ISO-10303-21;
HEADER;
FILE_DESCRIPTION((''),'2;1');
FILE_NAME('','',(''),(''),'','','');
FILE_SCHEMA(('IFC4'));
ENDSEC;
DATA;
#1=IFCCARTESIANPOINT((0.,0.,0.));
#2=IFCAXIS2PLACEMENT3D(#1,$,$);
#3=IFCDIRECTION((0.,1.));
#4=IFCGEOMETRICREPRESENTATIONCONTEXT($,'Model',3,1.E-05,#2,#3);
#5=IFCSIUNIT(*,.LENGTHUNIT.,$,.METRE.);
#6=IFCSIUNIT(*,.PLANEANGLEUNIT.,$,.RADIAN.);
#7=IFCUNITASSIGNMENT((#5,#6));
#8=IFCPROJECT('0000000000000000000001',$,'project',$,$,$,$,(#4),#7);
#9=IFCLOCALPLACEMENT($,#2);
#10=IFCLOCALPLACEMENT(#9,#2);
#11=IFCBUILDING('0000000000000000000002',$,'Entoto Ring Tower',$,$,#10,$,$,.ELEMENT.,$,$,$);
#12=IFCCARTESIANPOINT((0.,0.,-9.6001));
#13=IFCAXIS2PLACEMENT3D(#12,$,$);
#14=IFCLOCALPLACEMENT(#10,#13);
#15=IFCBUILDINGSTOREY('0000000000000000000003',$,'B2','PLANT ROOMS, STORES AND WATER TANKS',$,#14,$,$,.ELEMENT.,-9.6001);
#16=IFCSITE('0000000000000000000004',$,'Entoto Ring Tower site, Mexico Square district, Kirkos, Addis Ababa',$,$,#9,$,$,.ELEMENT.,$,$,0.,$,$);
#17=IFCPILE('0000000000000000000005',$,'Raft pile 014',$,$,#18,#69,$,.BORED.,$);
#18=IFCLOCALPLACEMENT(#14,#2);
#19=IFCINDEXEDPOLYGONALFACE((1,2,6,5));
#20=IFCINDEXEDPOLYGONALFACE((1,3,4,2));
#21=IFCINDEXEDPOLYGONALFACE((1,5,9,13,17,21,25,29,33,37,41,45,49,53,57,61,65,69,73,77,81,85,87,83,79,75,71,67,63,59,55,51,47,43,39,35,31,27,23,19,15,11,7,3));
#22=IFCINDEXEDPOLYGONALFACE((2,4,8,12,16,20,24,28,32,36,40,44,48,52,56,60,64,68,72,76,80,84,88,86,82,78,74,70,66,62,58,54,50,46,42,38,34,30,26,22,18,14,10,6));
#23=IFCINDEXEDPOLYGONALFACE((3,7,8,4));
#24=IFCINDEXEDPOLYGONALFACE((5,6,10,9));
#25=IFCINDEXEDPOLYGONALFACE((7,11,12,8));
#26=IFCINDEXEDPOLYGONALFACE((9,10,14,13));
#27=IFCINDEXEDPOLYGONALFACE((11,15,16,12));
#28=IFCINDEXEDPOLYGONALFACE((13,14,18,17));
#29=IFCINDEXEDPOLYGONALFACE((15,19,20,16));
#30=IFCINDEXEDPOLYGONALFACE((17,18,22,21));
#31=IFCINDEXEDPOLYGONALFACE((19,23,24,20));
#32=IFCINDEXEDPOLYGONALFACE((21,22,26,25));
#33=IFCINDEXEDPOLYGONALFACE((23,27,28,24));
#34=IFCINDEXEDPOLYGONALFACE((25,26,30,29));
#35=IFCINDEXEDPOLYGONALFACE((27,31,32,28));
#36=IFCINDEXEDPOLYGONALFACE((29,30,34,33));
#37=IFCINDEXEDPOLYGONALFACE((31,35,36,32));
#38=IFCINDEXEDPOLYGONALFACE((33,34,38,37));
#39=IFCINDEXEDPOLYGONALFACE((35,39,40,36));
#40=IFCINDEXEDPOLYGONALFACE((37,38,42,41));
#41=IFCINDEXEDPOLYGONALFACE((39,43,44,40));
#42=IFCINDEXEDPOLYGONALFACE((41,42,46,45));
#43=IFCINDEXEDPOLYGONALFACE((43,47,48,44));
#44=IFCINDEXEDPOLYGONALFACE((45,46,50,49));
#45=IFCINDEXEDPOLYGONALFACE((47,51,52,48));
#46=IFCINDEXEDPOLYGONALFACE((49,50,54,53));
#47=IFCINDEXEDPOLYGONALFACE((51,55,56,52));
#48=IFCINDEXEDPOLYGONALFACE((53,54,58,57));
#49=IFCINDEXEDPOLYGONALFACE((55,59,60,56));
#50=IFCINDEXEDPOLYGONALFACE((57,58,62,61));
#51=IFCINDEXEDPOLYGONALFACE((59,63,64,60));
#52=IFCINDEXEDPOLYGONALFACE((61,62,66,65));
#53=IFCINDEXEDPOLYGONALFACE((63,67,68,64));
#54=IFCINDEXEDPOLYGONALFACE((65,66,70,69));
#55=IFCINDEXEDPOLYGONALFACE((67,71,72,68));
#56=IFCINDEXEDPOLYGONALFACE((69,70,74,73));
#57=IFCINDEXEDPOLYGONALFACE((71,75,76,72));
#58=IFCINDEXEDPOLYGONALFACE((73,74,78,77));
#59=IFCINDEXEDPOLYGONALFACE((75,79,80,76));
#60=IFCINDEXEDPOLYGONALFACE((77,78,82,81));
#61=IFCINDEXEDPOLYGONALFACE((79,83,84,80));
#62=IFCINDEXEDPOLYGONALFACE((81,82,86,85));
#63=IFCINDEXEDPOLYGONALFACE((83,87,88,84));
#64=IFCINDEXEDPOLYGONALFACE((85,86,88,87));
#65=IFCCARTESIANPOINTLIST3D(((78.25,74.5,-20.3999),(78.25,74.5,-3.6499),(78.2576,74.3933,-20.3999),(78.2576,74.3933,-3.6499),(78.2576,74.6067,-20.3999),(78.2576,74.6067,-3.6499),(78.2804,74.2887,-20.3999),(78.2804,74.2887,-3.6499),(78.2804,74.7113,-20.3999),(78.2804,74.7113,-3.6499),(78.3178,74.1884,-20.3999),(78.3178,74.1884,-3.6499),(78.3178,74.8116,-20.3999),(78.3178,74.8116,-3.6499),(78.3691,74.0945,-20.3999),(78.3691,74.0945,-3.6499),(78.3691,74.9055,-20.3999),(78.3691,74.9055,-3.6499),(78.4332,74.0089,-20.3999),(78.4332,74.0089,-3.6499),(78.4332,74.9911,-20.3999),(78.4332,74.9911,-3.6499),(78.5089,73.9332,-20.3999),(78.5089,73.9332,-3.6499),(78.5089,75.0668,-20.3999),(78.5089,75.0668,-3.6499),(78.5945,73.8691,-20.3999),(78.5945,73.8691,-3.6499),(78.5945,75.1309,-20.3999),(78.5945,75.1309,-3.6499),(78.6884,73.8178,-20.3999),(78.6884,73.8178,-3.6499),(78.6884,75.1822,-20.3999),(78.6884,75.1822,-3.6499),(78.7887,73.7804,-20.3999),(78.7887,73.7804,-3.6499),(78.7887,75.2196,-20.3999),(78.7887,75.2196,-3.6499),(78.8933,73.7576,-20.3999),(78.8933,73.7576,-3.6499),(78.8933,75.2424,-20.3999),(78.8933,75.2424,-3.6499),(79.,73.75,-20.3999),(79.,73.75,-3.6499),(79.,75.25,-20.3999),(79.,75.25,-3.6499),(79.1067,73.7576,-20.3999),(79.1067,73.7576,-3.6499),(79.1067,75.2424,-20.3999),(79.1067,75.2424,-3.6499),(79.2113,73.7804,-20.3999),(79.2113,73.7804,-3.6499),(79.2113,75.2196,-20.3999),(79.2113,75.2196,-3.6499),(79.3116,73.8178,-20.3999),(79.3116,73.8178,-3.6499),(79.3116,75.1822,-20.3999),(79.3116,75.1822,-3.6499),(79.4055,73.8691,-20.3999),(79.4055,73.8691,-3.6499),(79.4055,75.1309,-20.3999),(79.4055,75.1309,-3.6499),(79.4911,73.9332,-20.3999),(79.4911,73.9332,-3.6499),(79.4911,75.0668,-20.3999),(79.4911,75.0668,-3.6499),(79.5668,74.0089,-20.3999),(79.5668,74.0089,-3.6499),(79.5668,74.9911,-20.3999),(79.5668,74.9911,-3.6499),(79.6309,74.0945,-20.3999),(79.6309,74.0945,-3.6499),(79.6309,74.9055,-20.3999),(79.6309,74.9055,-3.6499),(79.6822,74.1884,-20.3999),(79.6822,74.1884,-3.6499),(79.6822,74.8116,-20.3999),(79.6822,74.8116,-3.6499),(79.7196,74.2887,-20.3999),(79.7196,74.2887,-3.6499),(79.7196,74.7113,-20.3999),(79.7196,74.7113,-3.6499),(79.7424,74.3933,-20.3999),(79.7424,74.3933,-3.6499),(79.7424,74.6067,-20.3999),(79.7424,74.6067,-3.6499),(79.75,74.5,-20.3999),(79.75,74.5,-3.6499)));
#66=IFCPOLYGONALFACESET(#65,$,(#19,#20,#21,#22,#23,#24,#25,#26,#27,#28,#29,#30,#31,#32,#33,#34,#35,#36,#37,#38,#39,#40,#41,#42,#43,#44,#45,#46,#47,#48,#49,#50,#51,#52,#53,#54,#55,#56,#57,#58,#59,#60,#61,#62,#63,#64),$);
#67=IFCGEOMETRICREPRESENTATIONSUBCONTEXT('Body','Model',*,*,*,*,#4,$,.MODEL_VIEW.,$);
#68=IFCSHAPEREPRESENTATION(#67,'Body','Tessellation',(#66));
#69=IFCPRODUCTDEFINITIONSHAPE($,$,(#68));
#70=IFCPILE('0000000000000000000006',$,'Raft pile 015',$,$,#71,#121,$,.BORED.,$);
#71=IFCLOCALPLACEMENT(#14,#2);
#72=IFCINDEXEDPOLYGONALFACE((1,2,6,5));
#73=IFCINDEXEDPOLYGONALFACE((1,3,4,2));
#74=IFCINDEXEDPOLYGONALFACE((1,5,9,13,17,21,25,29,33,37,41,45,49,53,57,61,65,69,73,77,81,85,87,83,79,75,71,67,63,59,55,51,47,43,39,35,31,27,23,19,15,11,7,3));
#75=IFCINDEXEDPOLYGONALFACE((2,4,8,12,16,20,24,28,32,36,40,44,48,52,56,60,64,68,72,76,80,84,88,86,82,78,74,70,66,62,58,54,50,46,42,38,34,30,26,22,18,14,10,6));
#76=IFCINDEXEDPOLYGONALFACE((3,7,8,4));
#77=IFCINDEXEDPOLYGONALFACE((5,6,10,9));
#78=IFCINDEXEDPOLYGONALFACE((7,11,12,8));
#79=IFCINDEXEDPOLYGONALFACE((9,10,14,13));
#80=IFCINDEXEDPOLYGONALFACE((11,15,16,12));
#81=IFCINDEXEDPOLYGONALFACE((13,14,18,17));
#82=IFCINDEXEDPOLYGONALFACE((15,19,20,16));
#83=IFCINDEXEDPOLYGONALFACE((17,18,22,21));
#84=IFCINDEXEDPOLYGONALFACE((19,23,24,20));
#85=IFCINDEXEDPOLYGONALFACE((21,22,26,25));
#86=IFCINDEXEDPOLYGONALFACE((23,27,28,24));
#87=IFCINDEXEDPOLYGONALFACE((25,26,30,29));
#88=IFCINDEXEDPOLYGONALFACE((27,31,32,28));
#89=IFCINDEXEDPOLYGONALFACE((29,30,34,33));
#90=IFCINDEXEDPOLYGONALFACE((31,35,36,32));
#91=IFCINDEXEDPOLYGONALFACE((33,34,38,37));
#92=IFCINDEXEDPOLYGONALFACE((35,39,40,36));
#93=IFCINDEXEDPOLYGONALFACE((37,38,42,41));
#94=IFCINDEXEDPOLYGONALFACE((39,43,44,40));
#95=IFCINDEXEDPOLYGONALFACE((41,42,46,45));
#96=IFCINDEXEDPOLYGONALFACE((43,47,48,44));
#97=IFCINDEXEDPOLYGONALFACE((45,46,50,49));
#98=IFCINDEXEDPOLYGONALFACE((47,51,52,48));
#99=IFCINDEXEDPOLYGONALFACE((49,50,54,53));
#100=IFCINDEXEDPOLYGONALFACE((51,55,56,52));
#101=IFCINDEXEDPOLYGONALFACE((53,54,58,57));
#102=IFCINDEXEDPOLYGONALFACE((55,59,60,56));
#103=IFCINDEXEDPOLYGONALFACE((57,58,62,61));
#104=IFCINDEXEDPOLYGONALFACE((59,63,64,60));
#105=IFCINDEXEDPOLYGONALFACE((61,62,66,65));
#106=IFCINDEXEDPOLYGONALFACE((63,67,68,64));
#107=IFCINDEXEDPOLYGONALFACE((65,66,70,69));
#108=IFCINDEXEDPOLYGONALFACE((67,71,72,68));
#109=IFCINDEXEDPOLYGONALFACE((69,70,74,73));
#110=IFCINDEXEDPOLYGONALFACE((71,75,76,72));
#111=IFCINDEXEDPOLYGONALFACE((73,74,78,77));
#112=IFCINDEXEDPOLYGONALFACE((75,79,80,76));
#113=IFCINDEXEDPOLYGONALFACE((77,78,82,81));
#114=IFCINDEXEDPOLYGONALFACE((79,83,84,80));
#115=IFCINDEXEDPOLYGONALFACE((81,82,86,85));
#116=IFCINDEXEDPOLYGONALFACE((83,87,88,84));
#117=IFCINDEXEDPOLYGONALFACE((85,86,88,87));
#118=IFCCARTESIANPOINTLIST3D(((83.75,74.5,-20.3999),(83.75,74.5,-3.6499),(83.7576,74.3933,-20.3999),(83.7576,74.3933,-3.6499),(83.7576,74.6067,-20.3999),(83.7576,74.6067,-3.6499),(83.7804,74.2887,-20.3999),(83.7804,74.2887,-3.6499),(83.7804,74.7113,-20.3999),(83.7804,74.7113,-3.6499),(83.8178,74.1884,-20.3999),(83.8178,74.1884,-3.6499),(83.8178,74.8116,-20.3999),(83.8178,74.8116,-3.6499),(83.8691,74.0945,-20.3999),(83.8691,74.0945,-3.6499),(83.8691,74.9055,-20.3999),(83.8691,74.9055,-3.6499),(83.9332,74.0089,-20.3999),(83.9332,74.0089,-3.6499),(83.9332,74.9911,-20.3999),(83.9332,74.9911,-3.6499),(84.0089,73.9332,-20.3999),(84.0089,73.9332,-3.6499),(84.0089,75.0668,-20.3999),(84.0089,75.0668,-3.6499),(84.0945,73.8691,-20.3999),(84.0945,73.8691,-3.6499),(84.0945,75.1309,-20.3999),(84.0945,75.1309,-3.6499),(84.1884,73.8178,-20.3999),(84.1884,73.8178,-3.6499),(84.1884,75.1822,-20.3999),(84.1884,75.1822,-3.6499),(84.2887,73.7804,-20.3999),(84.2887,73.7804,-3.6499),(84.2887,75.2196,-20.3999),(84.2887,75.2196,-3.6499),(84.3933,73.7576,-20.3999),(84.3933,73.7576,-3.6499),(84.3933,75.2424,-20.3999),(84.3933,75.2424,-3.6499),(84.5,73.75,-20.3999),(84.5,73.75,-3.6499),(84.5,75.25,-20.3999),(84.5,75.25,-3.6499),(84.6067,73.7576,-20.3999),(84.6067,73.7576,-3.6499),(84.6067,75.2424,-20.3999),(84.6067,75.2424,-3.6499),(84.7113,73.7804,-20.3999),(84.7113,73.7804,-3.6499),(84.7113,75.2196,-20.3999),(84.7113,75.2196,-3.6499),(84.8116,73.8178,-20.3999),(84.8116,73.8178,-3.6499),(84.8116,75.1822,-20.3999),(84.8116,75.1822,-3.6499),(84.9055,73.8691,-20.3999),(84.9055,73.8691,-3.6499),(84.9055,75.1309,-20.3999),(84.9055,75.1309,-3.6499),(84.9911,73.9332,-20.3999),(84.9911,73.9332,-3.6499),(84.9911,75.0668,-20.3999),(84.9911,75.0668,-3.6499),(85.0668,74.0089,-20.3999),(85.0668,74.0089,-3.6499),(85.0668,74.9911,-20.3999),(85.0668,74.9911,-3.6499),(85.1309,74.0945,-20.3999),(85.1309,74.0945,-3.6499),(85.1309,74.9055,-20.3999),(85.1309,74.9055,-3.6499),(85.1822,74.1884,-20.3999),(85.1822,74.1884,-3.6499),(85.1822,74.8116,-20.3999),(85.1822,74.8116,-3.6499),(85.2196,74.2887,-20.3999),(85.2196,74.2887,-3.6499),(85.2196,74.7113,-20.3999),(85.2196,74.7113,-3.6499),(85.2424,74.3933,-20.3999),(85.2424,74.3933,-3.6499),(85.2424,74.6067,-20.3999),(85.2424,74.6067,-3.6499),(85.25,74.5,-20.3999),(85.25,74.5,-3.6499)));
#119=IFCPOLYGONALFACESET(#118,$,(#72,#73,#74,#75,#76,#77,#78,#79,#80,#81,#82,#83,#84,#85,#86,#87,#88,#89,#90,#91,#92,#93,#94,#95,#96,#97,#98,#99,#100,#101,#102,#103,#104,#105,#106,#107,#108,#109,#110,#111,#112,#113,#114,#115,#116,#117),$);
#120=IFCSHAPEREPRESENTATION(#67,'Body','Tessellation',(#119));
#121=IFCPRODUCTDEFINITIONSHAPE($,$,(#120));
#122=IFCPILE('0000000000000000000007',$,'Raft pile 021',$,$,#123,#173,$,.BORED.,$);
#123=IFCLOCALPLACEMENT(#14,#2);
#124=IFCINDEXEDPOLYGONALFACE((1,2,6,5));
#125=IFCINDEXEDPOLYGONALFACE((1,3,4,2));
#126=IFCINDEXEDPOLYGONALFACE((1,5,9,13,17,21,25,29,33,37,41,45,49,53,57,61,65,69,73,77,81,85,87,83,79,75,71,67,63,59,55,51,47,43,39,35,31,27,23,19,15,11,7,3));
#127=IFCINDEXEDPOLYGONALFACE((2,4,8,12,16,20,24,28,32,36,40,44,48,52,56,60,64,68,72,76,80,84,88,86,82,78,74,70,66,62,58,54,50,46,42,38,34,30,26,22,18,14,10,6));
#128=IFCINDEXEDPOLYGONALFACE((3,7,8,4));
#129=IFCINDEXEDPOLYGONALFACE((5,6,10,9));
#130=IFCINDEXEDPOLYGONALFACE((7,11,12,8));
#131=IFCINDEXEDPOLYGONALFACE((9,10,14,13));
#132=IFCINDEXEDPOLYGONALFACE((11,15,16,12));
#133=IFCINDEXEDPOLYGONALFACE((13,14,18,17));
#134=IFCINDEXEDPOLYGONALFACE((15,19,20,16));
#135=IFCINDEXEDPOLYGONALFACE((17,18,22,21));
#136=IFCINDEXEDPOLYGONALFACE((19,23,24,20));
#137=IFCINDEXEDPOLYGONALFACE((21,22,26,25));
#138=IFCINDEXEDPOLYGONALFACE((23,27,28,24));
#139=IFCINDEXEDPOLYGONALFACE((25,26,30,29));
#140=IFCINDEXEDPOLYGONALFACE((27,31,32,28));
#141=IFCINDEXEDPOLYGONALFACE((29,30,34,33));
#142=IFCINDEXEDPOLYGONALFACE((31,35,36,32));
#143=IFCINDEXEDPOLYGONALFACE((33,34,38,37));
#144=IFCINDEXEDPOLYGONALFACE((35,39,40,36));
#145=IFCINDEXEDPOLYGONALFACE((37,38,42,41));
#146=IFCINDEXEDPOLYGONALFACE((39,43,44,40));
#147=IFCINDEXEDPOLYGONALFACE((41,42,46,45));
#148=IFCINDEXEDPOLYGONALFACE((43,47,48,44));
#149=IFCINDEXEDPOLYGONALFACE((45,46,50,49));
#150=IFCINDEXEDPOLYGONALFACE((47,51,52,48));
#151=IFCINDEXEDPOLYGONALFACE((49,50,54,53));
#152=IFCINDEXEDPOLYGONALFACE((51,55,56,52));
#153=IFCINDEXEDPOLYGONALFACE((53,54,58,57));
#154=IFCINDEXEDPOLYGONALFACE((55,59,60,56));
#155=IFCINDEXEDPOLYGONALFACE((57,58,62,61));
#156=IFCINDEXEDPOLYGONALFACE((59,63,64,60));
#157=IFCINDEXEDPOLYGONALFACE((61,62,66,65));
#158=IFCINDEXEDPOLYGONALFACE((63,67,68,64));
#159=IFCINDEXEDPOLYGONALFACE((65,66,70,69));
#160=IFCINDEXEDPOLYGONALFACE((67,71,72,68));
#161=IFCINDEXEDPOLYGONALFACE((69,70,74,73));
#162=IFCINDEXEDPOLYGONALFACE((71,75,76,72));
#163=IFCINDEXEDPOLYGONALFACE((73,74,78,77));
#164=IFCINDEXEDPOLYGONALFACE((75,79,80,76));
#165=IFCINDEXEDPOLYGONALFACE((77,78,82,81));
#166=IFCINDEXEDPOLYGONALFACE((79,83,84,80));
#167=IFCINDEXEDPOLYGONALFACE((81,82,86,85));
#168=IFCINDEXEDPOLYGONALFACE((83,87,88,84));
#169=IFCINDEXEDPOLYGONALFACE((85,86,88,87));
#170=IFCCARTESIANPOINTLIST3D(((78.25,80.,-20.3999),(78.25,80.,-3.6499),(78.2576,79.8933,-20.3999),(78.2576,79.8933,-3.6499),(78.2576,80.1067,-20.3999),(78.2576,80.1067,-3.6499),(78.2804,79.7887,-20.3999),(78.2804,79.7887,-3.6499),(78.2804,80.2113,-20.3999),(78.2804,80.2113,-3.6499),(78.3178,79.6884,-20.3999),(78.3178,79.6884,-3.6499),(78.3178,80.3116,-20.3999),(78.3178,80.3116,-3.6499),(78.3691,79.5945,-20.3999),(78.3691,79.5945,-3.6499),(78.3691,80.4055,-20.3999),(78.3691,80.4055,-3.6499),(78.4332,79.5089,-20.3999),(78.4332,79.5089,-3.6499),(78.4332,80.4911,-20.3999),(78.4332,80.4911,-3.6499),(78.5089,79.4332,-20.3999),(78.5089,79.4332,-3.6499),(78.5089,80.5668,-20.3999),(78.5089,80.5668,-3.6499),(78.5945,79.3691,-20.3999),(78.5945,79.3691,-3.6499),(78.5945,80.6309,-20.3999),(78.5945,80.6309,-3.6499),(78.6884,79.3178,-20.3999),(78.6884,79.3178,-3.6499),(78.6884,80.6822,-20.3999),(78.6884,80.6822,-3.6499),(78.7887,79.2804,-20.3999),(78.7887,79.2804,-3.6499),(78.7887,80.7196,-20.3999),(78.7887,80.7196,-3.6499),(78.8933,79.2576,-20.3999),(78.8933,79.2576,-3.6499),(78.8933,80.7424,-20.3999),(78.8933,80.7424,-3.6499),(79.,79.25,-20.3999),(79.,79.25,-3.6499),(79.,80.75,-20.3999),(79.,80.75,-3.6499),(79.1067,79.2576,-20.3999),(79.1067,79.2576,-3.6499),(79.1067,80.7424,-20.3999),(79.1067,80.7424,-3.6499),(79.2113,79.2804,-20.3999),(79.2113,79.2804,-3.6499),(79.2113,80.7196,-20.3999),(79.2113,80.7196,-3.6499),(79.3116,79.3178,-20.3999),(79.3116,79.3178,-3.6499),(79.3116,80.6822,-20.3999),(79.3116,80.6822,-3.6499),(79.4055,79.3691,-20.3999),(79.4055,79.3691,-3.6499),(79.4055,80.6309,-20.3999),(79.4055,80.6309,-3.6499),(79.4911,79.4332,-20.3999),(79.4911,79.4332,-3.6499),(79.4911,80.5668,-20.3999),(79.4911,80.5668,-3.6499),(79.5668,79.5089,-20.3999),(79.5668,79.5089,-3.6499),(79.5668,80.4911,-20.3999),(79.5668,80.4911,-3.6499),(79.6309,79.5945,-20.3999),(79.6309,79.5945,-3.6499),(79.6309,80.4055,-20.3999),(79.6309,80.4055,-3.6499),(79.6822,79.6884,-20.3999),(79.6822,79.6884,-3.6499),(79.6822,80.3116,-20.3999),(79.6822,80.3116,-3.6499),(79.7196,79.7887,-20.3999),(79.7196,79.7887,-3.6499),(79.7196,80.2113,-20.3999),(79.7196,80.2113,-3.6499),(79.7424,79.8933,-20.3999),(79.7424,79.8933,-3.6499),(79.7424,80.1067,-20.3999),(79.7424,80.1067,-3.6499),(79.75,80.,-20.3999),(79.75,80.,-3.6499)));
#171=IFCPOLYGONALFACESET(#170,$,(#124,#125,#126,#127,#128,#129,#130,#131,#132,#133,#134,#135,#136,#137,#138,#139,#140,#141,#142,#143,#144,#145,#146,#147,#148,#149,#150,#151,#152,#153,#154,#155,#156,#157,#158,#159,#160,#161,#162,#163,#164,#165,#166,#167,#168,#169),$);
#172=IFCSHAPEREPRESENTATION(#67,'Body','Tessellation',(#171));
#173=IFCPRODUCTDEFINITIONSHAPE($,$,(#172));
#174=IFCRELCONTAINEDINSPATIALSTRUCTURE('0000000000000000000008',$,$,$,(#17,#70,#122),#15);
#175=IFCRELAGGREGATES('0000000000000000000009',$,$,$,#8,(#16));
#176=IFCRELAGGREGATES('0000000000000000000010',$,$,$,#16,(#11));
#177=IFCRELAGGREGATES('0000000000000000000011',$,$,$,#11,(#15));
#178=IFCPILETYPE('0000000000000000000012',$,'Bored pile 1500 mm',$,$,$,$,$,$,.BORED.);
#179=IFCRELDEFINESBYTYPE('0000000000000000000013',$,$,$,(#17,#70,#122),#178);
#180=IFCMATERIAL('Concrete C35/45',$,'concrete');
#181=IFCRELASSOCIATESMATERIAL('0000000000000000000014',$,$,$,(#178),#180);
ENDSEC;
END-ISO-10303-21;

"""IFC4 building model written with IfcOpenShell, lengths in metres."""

from ifc_helpers import new_model, si_unit, direction, frame, origin, origin_2d, place, context, subcontext, project, spatial, circle, extrude, material, material_profile, profile_set, type_object, element, save


model = new_model("IFC4")

# Units and contexts
model_context = context("Model", 3, precision=1e-05, world=origin(), true_north=direction((0.0, 1.0)))
body_context = subcontext(model_context, "Body", "Model", "MODEL_VIEW")
ifc_project = project(units=[si_unit("LENGTHUNIT", "METRE"), si_unit("PLANEANGLEUNIT", "RADIAN")], contexts=[model_context])

# Site, building, storey
site_placement = place(None, origin())
site = spatial("IfcSite", under=ifc_project, at=site_placement, Name="Entoto Ring Tower site, Mexico Square district, Kirkos, Addis Ababa", CompositionType="ELEMENT", RefElevation=0.0)
building_placement = place(site_placement, origin())
building = spatial("IfcBuilding", under=site, at=building_placement, Name="Entoto Ring Tower", CompositionType="ELEMENT")
storey_placement = place(building_placement, frame((0.0, 0.0, -9.6001)))
storey = spatial("IfcBuildingStorey", under=building, at=storey_placement, Name="B2", Description="PLANT ROOMS, STORES AND WATER TANKS", CompositionType="ELEMENT", Elevation=-9.6001)

# Piles
ifc_material_1 = material(Name="Concrete C35/45", Category="concrete")
ifc_material_profile_1 = material_profile(ifc_material_1, circle(Radius=0.75, at=origin_2d()), Name="Bored pile 1500 mm")
ifc_profile_set_1 = profile_set([ifc_material_profile_1], Name="Concrete C35/45")
pile_type = type_object("IfcPileType", Name="Bored pile 1500 mm", PredefinedType="BORED", material=ifc_profile_set_1)
for number, where, z_axis, x_axis, name in (
    (1, (79.0, 74.5, -3.6499), (0.0, 0.0, -1.0), (1.0, 0.0, 0.0), "Raft pile 014"),
    (2, (84.5, 74.5, -3.6499), (0.0, 0.0, -1.0), (1.0, 0.0, 0.0), "Raft pile 015"),
    (3, (79.0, 80.0, -3.6499), (0.0, 0.0, -1.0), (1.0, 0.0, 0.0), "Raft pile 021"),
):
    element("IfcPile", number, at=place(storey_placement, frame(where, z_axis=z_axis, x_axis=x_axis)), inside=storey, type_object=pile_type, Name=name, PredefinedType="BORED", context=body_context, shape_type="SweptSolid", body=[
        extrude(circle(Radius=0.75, at=origin_2d()), origin(), (0.0, 0.0, 1.0), 16.75),
    ])

save(model, "model.ifc")
